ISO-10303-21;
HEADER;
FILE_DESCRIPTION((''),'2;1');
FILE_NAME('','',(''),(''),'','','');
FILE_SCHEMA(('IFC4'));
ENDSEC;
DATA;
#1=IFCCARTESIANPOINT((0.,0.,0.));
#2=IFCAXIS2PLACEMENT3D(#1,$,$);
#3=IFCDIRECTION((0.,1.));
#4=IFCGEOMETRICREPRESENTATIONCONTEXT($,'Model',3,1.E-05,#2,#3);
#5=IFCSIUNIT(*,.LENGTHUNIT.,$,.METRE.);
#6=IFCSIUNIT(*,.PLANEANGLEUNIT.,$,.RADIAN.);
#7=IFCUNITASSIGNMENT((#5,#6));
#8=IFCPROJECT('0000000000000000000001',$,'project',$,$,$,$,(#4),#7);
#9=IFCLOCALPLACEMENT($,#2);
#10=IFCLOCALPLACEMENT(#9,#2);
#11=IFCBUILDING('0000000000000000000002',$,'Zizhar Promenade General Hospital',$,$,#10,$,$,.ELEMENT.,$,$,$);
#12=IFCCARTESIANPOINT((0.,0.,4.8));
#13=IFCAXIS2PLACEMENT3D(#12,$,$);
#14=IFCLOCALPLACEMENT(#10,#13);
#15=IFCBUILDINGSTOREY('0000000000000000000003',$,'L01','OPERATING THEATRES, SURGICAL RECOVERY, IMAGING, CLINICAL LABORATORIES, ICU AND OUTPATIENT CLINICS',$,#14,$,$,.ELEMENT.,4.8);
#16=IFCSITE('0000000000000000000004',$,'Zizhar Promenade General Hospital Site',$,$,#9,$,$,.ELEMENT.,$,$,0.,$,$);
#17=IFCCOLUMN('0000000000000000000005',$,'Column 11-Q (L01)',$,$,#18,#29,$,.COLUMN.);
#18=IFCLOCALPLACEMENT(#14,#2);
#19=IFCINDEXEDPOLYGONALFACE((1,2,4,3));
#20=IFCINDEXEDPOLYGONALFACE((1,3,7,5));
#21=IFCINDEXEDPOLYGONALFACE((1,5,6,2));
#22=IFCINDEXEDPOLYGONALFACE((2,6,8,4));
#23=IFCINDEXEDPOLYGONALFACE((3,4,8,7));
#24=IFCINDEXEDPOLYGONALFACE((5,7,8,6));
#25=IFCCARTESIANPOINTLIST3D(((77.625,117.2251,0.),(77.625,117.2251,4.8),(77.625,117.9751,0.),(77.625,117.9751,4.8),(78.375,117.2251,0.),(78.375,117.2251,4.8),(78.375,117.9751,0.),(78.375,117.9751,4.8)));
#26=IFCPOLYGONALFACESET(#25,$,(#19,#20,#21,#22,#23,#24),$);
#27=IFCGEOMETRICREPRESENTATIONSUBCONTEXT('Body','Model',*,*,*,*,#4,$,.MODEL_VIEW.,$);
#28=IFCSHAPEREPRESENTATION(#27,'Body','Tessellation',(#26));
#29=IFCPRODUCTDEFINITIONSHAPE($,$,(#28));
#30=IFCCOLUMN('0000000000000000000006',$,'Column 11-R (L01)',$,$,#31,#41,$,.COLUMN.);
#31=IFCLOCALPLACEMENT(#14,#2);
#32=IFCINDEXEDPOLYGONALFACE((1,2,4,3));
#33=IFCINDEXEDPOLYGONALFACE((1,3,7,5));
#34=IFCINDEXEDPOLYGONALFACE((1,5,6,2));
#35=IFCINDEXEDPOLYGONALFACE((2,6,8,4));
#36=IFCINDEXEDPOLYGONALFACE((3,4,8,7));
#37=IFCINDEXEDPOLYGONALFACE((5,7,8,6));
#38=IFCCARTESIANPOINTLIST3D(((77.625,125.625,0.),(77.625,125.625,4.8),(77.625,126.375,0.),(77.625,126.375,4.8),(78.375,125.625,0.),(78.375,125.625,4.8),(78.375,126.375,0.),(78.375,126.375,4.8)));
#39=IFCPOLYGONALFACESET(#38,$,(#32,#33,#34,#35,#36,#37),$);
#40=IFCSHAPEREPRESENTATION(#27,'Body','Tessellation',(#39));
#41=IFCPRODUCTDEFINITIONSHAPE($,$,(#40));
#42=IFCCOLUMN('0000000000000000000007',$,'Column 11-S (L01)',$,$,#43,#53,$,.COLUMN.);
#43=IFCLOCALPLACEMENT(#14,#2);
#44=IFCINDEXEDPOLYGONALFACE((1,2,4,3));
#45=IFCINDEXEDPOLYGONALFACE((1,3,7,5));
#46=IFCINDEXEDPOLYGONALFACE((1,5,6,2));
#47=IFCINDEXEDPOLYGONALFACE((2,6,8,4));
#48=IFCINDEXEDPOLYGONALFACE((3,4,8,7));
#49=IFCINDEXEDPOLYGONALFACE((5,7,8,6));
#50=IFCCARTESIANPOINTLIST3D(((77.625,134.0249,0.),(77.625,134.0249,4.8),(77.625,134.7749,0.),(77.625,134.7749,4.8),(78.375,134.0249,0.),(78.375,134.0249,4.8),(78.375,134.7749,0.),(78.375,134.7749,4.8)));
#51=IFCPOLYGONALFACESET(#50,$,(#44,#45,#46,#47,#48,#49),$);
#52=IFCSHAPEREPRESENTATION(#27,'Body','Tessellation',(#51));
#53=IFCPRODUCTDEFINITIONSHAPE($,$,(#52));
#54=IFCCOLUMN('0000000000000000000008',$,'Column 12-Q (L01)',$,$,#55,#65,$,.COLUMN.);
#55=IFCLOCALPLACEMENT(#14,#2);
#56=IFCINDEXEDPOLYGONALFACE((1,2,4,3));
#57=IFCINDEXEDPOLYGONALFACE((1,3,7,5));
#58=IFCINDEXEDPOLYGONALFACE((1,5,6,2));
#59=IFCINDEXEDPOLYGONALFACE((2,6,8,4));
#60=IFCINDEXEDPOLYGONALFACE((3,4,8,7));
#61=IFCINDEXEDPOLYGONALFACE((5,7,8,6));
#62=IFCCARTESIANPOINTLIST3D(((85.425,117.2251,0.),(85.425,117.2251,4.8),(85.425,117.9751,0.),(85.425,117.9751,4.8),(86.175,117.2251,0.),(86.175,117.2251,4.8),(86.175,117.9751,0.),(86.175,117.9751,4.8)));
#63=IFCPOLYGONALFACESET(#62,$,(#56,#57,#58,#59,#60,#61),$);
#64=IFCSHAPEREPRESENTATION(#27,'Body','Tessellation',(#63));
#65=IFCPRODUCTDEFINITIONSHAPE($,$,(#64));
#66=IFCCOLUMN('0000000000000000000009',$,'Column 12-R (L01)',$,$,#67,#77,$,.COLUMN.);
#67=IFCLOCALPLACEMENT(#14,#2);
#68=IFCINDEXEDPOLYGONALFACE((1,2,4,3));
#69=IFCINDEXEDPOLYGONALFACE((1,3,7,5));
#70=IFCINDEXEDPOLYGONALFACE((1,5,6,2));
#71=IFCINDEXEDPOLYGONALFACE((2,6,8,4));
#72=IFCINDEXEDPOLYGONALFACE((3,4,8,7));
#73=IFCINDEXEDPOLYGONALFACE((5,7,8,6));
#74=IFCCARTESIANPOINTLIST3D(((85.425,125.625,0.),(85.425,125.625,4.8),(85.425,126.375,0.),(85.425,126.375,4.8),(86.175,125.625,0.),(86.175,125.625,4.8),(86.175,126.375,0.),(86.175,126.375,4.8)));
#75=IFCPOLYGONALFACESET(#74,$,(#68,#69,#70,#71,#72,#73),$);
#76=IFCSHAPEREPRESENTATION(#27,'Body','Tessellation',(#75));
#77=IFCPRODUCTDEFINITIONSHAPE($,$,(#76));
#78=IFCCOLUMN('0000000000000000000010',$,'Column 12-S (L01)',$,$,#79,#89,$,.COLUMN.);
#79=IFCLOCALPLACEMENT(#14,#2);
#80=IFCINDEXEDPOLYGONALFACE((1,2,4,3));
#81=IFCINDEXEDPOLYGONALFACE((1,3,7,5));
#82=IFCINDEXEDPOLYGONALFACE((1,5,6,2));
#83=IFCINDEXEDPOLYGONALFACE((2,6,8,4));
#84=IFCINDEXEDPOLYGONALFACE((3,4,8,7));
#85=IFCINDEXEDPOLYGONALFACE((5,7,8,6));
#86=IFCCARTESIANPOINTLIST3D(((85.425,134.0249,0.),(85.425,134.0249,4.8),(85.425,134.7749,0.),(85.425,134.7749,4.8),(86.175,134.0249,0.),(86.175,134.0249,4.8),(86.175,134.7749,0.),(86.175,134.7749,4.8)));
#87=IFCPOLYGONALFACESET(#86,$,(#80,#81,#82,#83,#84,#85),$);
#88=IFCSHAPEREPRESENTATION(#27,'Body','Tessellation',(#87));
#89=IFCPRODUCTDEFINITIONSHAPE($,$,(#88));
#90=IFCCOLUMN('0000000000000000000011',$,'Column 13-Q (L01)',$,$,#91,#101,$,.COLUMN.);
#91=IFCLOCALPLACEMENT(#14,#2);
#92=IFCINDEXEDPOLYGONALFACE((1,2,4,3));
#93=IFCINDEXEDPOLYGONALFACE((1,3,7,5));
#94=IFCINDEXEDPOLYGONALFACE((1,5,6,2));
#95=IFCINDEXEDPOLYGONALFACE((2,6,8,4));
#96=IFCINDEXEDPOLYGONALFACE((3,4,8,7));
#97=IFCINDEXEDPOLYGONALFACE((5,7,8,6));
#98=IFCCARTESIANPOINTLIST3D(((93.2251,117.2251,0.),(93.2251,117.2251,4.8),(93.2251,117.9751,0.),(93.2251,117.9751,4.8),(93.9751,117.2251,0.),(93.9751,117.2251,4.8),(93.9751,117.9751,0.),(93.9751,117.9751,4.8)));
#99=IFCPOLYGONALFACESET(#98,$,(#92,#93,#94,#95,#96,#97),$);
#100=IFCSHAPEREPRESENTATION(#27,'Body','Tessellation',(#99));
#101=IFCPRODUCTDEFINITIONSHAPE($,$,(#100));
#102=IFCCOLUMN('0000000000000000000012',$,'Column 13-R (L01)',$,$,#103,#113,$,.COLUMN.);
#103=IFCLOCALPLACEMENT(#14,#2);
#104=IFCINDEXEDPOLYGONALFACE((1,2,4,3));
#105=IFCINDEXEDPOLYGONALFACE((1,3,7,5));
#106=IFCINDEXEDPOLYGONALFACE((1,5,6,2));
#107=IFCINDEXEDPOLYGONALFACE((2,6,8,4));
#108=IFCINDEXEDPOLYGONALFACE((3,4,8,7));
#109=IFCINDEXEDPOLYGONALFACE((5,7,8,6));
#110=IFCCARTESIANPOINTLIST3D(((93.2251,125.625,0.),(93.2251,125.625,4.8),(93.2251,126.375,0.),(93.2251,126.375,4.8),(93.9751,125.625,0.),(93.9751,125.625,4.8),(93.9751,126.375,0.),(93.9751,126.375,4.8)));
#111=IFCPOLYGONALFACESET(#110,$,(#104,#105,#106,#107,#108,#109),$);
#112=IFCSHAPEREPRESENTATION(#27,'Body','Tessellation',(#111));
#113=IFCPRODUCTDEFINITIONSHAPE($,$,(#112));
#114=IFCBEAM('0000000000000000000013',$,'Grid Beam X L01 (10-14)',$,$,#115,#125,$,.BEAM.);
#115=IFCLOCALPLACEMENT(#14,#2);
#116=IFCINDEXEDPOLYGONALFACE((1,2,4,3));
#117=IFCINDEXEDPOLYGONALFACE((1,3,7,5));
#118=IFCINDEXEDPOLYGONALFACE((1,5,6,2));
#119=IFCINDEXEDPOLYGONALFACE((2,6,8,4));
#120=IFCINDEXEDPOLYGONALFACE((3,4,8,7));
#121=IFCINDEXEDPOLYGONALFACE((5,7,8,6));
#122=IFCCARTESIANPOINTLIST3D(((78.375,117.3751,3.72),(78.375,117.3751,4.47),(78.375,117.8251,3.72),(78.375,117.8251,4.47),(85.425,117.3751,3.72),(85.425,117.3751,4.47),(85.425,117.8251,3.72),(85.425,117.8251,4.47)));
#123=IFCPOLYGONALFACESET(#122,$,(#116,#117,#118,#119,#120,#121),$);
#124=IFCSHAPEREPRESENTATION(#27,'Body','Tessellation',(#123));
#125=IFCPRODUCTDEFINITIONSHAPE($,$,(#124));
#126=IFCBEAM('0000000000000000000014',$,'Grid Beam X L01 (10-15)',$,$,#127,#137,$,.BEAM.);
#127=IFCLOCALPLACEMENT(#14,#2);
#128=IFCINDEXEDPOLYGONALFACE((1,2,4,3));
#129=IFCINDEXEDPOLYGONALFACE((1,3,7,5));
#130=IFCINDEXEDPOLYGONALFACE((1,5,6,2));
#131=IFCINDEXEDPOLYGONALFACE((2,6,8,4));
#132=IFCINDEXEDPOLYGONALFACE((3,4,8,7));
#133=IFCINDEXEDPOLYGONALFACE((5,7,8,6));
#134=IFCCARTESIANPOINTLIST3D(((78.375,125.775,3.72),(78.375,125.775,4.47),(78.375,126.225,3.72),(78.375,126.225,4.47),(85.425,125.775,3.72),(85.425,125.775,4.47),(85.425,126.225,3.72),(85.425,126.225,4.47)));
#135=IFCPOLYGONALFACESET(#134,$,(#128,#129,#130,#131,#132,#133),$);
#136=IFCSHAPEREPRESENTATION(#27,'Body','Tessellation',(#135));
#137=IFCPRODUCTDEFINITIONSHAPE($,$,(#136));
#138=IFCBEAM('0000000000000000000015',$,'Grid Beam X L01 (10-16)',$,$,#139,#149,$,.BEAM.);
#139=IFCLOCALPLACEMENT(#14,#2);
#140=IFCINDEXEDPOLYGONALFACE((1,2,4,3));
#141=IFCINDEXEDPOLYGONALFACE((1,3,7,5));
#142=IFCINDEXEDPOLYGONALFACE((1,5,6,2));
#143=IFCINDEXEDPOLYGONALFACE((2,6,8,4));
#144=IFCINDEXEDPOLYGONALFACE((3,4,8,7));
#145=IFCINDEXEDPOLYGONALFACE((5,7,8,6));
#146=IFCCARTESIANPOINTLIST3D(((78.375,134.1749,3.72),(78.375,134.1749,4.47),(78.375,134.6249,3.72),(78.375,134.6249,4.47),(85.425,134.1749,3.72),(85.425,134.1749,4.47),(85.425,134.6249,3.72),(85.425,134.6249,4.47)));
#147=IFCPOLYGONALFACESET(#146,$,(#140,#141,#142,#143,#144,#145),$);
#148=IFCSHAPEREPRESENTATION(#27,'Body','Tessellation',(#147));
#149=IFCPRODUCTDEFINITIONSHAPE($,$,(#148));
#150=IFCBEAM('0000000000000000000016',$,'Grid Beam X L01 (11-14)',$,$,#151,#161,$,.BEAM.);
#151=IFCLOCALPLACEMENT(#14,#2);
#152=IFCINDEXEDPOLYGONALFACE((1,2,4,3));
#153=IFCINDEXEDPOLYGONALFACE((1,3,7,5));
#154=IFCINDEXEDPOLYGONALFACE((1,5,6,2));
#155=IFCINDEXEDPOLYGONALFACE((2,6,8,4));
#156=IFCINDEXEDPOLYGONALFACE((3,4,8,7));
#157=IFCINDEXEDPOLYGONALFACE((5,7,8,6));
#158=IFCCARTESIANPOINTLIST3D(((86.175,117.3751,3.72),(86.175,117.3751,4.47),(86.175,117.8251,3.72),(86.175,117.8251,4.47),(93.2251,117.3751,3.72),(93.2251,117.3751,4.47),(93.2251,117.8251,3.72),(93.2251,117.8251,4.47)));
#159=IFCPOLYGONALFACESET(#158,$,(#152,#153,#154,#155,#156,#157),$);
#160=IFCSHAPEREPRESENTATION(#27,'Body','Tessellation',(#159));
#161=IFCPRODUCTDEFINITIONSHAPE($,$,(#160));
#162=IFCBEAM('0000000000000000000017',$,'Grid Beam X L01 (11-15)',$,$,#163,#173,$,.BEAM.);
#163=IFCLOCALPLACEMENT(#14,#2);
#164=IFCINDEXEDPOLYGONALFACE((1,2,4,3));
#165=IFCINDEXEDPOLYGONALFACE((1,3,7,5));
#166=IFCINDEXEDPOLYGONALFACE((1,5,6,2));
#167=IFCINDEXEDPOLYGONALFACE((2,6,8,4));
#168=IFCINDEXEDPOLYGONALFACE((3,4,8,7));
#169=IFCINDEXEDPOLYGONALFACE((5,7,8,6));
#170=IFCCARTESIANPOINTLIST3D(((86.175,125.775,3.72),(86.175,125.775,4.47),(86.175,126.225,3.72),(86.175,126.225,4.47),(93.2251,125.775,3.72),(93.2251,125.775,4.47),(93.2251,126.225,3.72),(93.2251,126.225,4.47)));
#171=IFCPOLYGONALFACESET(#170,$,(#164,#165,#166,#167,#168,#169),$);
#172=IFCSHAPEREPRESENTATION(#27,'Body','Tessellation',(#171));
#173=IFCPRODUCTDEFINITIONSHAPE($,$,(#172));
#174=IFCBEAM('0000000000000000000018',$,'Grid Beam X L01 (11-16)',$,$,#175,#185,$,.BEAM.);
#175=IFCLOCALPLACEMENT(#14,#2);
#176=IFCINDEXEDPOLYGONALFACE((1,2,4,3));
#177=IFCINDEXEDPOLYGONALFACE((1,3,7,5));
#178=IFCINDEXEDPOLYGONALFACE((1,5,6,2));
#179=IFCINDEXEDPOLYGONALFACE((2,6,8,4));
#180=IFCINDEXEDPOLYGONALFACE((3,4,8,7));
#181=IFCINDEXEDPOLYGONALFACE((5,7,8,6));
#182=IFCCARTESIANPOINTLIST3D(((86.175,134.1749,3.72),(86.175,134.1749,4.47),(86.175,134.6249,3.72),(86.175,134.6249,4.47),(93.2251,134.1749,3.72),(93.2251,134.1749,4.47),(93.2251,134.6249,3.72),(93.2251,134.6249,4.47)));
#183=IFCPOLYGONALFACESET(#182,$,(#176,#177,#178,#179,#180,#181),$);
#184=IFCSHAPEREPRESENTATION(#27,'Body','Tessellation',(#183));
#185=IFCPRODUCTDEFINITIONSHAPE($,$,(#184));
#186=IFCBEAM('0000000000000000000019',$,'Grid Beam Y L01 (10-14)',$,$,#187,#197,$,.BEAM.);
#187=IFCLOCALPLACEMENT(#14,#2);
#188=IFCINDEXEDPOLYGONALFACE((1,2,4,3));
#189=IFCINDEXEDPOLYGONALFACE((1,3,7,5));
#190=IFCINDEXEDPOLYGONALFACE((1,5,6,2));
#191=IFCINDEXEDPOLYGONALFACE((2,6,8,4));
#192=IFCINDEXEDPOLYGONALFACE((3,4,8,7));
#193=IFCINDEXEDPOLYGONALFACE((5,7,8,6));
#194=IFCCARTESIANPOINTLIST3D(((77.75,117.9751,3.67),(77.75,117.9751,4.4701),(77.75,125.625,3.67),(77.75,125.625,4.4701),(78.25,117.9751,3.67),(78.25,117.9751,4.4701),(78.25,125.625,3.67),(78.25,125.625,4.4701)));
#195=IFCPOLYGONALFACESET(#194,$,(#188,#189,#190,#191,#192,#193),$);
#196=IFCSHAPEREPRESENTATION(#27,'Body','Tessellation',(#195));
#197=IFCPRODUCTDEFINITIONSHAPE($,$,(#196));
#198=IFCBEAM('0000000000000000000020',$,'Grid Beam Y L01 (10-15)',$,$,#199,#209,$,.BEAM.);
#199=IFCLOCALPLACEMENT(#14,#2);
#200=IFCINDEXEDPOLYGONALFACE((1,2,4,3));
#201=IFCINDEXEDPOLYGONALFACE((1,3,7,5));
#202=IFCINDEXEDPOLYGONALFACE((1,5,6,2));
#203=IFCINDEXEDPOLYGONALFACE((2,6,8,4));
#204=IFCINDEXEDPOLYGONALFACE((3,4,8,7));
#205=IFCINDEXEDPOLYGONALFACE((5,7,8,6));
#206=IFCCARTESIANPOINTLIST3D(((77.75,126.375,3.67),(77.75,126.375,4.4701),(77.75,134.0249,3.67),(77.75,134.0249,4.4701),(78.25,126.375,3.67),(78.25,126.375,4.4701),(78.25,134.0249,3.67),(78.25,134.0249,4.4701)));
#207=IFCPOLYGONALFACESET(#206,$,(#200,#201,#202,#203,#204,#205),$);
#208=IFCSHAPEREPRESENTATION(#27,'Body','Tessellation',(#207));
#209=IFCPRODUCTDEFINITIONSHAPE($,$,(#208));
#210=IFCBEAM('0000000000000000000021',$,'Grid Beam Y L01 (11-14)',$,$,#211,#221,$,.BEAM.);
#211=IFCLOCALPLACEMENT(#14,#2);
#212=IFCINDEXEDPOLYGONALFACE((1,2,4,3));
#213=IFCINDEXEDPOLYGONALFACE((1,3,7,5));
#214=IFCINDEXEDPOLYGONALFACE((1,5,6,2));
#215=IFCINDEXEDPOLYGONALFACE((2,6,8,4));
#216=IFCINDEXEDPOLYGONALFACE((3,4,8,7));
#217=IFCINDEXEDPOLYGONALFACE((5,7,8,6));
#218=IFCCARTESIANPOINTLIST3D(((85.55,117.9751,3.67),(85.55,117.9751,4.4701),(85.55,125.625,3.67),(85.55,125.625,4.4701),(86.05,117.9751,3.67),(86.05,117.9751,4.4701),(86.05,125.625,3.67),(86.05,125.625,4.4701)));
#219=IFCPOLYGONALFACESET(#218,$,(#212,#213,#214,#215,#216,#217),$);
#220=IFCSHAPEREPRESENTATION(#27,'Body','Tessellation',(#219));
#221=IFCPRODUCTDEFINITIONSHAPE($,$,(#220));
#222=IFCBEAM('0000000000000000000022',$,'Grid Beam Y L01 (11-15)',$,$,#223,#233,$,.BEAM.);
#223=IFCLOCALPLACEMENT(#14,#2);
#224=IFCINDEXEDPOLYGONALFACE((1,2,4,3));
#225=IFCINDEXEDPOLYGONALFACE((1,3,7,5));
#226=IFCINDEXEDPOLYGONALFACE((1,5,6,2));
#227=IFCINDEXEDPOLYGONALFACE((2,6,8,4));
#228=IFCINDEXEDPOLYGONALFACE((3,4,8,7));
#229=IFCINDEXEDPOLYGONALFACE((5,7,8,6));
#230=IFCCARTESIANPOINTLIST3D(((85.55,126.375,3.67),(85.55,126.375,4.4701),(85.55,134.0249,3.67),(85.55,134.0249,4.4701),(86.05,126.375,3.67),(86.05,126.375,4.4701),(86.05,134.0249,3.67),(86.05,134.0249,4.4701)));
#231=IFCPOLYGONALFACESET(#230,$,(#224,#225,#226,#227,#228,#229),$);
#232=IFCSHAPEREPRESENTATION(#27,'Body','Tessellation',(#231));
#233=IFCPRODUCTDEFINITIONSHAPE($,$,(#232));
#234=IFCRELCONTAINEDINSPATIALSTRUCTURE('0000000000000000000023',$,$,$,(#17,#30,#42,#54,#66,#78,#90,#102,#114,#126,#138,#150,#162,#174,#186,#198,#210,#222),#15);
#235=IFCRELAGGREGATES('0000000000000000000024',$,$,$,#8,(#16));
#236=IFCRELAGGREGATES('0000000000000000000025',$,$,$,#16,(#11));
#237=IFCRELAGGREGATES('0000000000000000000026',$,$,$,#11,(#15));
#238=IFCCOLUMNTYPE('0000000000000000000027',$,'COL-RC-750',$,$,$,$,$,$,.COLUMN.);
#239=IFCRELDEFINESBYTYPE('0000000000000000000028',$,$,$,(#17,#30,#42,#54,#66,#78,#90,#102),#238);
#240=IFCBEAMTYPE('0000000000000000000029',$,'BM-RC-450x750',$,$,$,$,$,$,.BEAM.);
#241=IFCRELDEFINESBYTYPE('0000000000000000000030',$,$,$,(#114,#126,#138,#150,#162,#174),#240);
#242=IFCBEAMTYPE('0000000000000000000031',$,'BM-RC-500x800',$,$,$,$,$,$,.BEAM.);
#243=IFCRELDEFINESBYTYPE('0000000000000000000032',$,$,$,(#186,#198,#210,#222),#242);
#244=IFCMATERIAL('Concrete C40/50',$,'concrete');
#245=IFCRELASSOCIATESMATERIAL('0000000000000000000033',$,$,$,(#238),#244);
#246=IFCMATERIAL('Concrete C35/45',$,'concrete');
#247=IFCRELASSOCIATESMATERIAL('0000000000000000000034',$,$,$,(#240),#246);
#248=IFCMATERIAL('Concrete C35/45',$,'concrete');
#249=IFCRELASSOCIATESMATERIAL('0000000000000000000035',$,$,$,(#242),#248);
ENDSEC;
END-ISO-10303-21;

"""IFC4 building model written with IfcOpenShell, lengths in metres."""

from ifc_helpers import new_model, si_unit, direction, frame, origin, origin_2d, place, context, subcontext, project, spatial, rectangle, extrude, material, material_profile, profile_set, type_object, element, save


model = new_model("IFC4")

# Units and contexts
model_context = context("Model", 3, precision=1e-05, world=origin(), true_north=direction((0.0, 1.0)))
body_context = subcontext(model_context, "Body", "Model", "MODEL_VIEW")
ifc_project = project(units=[si_unit("LENGTHUNIT", "METRE"), si_unit("PLANEANGLEUNIT", "RADIAN")], contexts=[model_context])

# Site, building, storey
site_placement = place(None, origin())
site = spatial("IfcSite", under=ifc_project, at=site_placement, Name="Zizhar Promenade General Hospital Site", CompositionType="ELEMENT", RefElevation=0.0)
building_placement = place(site_placement, origin())
building = spatial("IfcBuilding", under=site, at=building_placement, Name="Zizhar Promenade General Hospital", CompositionType="ELEMENT")
storey_placement = place(building_placement, frame((0.0, 0.0, 4.8)))
storey = spatial("IfcBuildingStorey", under=building, at=storey_placement, Name="L01", Description="OPERATING THEATRES, SURGICAL RECOVERY, IMAGING, CLINICAL LABORATORIES, ICU AND OUTPATIENT CLINICS", CompositionType="ELEMENT", Elevation=4.8)

# Columns
ifc_material_1 = material(Name="Concrete C40/50", Category="concrete")
ifc_material_profile_1 = material_profile(ifc_material_1, rectangle(XDim=0.75, YDim=0.75, at=origin_2d()))
ifc_profile_set_1 = profile_set([ifc_material_profile_1], Name="Concrete C40/50")
column_type = type_object("IfcColumnType", Name="COL-RC-750", PredefinedType="COLUMN", material=ifc_profile_set_1)
for number, where, z_axis, x_axis, name in (
    (1, (78.0, 117.6001, 0.0), (0.0, 0.0, 1.0), (1.0, 0.0, 0.0), "Column 11-Q (L01)"),
    (2, (78.0, 126.0, 0.0), (0.0, 0.0, 1.0), (1.0, 0.0, 0.0), "Column 11-R (L01)"),
    (3, (78.0, 134.3999, 0.0), (0.0, 0.0, 1.0), (1.0, 0.0, 0.0), "Column 11-S (L01)"),
    (4, (85.8, 117.6001, 0.0), (0.0, 0.0, 1.0), (1.0, 0.0, 0.0), "Column 12-Q (L01)"),
    (5, (85.8, 126.0, 0.0), (0.0, 0.0, 1.0), (1.0, 0.0, 0.0), "Column 12-R (L01)"),
    (6, (85.8, 134.3999, 0.0), (0.0, 0.0, 1.0), (1.0, 0.0, 0.0), "Column 12-S (L01)"),
    (7, (93.6001, 117.6001, 0.0), (0.0, 0.0, 1.0), (1.0, 0.0, 0.0), "Column 13-Q (L01)"),
    (8, (93.6001, 126.0, 0.0), (0.0, 0.0, 1.0), (1.0, 0.0, 0.0), "Column 13-R (L01)"),
):
    element("IfcColumn", number, at=place(storey_placement, frame(where, z_axis=z_axis, x_axis=x_axis)), inside=storey, type_object=column_type, Name=name, PredefinedType="COLUMN", context=body_context, shape_type="SweptSolid", body=[
        extrude(rectangle(XDim=0.75, YDim=0.75, at=origin_2d()), origin(), (0.0, 0.0, 1.0), 4.8),
    ])

# Beams
ifc_material_2 = material(Name="Concrete C35/45", Category="concrete")
ifc_material_profile_2 = material_profile(ifc_material_2, rectangle(XDim=0.45, YDim=0.75, at=origin_2d()))
ifc_profile_set_2 = profile_set([ifc_material_profile_2], Name="Concrete C35/45")
beam_type_1 = type_object("IfcBeamType", Name="BM-RC-450x750", PredefinedType="BEAM", material=ifc_profile_set_2)
for number, where, z_axis, x_axis, name in (
    (9, (78.375, 117.6001, 4.095), (1.0, 0.0, 0.0), (0.0, 1.0, 0.0), "Grid Beam X L01 (10-14)"),
    (10, (78.375, 126.0, 4.095), (1.0, 0.0, 0.0), (0.0, 1.0, 0.0), "Grid Beam X L01 (10-15)"),
    (11, (78.375, 134.3999, 4.095), (1.0, 0.0, 0.0), (0.0, 1.0, 0.0), "Grid Beam X L01 (10-16)"),
    (12, (86.175, 117.6001, 4.095), (1.0, 0.0, 0.0), (0.0, 1.0, 0.0), "Grid Beam X L01 (11-14)"),
    (13, (86.175, 126.0, 4.095), (1.0, 0.0, 0.0), (0.0, 1.0, 0.0), "Grid Beam X L01 (11-15)"),
    (14, (86.175, 134.3999, 4.095), (1.0, 0.0, 0.0), (0.0, 1.0, 0.0), "Grid Beam X L01 (11-16)"),
):
    element("IfcBeam", number, at=place(storey_placement, frame(where, z_axis=z_axis, x_axis=x_axis)), inside=storey, type_object=beam_type_1, Name=name, PredefinedType="BEAM", context=body_context, shape_type="SweptSolid", body=[
        extrude(rectangle(XDim=0.45, YDim=0.75, at=origin_2d()), origin(), (0.0, 0.0, 1.0), 7.05),
    ])
ifc_material_3 = material(Name="Concrete C35/45", Category="concrete")
ifc_material_profile_3 = material_profile(ifc_material_3, rectangle(XDim=0.5, YDim=0.8, at=origin_2d()))
ifc_profile_set_3 = profile_set([ifc_material_profile_3], Name="Concrete C35/45")
beam_type_2 = type_object("IfcBeamType", Name="BM-RC-500x800", PredefinedType="BEAM", material=ifc_profile_set_3)
for number, where, z_axis, x_axis, name in (
    (15, (78.0, 117.9751, 4.0701), (0.0, 1.0, 0.0), (-1.0, 0.0, 0.0), "Grid Beam Y L01 (10-14)"),
    (16, (78.0, 126.375, 4.0701), (0.0, 1.0, 0.0), (-1.0, 0.0, 0.0), "Grid Beam Y L01 (10-15)"),
    (17, (85.8, 117.9751, 4.0701), (0.0, 1.0, 0.0), (-1.0, 0.0, 0.0), "Grid Beam Y L01 (11-14)"),
    (18, (85.8, 126.375, 4.0701), (0.0, 1.0, 0.0), (-1.0, 0.0, 0.0), "Grid Beam Y L01 (11-15)"),
):
    element("IfcBeam", number, at=place(storey_placement, frame(where, z_axis=z_axis, x_axis=x_axis)), inside=storey, type_object=beam_type_2, Name=name, PredefinedType="BEAM", context=body_context, shape_type="SweptSolid", body=[
        extrude(rectangle(XDim=0.5, YDim=0.8, at=origin_2d()), origin(), (0.0, 0.0, 1.0), 7.6499),
    ])

save(model, "model.ifc")
